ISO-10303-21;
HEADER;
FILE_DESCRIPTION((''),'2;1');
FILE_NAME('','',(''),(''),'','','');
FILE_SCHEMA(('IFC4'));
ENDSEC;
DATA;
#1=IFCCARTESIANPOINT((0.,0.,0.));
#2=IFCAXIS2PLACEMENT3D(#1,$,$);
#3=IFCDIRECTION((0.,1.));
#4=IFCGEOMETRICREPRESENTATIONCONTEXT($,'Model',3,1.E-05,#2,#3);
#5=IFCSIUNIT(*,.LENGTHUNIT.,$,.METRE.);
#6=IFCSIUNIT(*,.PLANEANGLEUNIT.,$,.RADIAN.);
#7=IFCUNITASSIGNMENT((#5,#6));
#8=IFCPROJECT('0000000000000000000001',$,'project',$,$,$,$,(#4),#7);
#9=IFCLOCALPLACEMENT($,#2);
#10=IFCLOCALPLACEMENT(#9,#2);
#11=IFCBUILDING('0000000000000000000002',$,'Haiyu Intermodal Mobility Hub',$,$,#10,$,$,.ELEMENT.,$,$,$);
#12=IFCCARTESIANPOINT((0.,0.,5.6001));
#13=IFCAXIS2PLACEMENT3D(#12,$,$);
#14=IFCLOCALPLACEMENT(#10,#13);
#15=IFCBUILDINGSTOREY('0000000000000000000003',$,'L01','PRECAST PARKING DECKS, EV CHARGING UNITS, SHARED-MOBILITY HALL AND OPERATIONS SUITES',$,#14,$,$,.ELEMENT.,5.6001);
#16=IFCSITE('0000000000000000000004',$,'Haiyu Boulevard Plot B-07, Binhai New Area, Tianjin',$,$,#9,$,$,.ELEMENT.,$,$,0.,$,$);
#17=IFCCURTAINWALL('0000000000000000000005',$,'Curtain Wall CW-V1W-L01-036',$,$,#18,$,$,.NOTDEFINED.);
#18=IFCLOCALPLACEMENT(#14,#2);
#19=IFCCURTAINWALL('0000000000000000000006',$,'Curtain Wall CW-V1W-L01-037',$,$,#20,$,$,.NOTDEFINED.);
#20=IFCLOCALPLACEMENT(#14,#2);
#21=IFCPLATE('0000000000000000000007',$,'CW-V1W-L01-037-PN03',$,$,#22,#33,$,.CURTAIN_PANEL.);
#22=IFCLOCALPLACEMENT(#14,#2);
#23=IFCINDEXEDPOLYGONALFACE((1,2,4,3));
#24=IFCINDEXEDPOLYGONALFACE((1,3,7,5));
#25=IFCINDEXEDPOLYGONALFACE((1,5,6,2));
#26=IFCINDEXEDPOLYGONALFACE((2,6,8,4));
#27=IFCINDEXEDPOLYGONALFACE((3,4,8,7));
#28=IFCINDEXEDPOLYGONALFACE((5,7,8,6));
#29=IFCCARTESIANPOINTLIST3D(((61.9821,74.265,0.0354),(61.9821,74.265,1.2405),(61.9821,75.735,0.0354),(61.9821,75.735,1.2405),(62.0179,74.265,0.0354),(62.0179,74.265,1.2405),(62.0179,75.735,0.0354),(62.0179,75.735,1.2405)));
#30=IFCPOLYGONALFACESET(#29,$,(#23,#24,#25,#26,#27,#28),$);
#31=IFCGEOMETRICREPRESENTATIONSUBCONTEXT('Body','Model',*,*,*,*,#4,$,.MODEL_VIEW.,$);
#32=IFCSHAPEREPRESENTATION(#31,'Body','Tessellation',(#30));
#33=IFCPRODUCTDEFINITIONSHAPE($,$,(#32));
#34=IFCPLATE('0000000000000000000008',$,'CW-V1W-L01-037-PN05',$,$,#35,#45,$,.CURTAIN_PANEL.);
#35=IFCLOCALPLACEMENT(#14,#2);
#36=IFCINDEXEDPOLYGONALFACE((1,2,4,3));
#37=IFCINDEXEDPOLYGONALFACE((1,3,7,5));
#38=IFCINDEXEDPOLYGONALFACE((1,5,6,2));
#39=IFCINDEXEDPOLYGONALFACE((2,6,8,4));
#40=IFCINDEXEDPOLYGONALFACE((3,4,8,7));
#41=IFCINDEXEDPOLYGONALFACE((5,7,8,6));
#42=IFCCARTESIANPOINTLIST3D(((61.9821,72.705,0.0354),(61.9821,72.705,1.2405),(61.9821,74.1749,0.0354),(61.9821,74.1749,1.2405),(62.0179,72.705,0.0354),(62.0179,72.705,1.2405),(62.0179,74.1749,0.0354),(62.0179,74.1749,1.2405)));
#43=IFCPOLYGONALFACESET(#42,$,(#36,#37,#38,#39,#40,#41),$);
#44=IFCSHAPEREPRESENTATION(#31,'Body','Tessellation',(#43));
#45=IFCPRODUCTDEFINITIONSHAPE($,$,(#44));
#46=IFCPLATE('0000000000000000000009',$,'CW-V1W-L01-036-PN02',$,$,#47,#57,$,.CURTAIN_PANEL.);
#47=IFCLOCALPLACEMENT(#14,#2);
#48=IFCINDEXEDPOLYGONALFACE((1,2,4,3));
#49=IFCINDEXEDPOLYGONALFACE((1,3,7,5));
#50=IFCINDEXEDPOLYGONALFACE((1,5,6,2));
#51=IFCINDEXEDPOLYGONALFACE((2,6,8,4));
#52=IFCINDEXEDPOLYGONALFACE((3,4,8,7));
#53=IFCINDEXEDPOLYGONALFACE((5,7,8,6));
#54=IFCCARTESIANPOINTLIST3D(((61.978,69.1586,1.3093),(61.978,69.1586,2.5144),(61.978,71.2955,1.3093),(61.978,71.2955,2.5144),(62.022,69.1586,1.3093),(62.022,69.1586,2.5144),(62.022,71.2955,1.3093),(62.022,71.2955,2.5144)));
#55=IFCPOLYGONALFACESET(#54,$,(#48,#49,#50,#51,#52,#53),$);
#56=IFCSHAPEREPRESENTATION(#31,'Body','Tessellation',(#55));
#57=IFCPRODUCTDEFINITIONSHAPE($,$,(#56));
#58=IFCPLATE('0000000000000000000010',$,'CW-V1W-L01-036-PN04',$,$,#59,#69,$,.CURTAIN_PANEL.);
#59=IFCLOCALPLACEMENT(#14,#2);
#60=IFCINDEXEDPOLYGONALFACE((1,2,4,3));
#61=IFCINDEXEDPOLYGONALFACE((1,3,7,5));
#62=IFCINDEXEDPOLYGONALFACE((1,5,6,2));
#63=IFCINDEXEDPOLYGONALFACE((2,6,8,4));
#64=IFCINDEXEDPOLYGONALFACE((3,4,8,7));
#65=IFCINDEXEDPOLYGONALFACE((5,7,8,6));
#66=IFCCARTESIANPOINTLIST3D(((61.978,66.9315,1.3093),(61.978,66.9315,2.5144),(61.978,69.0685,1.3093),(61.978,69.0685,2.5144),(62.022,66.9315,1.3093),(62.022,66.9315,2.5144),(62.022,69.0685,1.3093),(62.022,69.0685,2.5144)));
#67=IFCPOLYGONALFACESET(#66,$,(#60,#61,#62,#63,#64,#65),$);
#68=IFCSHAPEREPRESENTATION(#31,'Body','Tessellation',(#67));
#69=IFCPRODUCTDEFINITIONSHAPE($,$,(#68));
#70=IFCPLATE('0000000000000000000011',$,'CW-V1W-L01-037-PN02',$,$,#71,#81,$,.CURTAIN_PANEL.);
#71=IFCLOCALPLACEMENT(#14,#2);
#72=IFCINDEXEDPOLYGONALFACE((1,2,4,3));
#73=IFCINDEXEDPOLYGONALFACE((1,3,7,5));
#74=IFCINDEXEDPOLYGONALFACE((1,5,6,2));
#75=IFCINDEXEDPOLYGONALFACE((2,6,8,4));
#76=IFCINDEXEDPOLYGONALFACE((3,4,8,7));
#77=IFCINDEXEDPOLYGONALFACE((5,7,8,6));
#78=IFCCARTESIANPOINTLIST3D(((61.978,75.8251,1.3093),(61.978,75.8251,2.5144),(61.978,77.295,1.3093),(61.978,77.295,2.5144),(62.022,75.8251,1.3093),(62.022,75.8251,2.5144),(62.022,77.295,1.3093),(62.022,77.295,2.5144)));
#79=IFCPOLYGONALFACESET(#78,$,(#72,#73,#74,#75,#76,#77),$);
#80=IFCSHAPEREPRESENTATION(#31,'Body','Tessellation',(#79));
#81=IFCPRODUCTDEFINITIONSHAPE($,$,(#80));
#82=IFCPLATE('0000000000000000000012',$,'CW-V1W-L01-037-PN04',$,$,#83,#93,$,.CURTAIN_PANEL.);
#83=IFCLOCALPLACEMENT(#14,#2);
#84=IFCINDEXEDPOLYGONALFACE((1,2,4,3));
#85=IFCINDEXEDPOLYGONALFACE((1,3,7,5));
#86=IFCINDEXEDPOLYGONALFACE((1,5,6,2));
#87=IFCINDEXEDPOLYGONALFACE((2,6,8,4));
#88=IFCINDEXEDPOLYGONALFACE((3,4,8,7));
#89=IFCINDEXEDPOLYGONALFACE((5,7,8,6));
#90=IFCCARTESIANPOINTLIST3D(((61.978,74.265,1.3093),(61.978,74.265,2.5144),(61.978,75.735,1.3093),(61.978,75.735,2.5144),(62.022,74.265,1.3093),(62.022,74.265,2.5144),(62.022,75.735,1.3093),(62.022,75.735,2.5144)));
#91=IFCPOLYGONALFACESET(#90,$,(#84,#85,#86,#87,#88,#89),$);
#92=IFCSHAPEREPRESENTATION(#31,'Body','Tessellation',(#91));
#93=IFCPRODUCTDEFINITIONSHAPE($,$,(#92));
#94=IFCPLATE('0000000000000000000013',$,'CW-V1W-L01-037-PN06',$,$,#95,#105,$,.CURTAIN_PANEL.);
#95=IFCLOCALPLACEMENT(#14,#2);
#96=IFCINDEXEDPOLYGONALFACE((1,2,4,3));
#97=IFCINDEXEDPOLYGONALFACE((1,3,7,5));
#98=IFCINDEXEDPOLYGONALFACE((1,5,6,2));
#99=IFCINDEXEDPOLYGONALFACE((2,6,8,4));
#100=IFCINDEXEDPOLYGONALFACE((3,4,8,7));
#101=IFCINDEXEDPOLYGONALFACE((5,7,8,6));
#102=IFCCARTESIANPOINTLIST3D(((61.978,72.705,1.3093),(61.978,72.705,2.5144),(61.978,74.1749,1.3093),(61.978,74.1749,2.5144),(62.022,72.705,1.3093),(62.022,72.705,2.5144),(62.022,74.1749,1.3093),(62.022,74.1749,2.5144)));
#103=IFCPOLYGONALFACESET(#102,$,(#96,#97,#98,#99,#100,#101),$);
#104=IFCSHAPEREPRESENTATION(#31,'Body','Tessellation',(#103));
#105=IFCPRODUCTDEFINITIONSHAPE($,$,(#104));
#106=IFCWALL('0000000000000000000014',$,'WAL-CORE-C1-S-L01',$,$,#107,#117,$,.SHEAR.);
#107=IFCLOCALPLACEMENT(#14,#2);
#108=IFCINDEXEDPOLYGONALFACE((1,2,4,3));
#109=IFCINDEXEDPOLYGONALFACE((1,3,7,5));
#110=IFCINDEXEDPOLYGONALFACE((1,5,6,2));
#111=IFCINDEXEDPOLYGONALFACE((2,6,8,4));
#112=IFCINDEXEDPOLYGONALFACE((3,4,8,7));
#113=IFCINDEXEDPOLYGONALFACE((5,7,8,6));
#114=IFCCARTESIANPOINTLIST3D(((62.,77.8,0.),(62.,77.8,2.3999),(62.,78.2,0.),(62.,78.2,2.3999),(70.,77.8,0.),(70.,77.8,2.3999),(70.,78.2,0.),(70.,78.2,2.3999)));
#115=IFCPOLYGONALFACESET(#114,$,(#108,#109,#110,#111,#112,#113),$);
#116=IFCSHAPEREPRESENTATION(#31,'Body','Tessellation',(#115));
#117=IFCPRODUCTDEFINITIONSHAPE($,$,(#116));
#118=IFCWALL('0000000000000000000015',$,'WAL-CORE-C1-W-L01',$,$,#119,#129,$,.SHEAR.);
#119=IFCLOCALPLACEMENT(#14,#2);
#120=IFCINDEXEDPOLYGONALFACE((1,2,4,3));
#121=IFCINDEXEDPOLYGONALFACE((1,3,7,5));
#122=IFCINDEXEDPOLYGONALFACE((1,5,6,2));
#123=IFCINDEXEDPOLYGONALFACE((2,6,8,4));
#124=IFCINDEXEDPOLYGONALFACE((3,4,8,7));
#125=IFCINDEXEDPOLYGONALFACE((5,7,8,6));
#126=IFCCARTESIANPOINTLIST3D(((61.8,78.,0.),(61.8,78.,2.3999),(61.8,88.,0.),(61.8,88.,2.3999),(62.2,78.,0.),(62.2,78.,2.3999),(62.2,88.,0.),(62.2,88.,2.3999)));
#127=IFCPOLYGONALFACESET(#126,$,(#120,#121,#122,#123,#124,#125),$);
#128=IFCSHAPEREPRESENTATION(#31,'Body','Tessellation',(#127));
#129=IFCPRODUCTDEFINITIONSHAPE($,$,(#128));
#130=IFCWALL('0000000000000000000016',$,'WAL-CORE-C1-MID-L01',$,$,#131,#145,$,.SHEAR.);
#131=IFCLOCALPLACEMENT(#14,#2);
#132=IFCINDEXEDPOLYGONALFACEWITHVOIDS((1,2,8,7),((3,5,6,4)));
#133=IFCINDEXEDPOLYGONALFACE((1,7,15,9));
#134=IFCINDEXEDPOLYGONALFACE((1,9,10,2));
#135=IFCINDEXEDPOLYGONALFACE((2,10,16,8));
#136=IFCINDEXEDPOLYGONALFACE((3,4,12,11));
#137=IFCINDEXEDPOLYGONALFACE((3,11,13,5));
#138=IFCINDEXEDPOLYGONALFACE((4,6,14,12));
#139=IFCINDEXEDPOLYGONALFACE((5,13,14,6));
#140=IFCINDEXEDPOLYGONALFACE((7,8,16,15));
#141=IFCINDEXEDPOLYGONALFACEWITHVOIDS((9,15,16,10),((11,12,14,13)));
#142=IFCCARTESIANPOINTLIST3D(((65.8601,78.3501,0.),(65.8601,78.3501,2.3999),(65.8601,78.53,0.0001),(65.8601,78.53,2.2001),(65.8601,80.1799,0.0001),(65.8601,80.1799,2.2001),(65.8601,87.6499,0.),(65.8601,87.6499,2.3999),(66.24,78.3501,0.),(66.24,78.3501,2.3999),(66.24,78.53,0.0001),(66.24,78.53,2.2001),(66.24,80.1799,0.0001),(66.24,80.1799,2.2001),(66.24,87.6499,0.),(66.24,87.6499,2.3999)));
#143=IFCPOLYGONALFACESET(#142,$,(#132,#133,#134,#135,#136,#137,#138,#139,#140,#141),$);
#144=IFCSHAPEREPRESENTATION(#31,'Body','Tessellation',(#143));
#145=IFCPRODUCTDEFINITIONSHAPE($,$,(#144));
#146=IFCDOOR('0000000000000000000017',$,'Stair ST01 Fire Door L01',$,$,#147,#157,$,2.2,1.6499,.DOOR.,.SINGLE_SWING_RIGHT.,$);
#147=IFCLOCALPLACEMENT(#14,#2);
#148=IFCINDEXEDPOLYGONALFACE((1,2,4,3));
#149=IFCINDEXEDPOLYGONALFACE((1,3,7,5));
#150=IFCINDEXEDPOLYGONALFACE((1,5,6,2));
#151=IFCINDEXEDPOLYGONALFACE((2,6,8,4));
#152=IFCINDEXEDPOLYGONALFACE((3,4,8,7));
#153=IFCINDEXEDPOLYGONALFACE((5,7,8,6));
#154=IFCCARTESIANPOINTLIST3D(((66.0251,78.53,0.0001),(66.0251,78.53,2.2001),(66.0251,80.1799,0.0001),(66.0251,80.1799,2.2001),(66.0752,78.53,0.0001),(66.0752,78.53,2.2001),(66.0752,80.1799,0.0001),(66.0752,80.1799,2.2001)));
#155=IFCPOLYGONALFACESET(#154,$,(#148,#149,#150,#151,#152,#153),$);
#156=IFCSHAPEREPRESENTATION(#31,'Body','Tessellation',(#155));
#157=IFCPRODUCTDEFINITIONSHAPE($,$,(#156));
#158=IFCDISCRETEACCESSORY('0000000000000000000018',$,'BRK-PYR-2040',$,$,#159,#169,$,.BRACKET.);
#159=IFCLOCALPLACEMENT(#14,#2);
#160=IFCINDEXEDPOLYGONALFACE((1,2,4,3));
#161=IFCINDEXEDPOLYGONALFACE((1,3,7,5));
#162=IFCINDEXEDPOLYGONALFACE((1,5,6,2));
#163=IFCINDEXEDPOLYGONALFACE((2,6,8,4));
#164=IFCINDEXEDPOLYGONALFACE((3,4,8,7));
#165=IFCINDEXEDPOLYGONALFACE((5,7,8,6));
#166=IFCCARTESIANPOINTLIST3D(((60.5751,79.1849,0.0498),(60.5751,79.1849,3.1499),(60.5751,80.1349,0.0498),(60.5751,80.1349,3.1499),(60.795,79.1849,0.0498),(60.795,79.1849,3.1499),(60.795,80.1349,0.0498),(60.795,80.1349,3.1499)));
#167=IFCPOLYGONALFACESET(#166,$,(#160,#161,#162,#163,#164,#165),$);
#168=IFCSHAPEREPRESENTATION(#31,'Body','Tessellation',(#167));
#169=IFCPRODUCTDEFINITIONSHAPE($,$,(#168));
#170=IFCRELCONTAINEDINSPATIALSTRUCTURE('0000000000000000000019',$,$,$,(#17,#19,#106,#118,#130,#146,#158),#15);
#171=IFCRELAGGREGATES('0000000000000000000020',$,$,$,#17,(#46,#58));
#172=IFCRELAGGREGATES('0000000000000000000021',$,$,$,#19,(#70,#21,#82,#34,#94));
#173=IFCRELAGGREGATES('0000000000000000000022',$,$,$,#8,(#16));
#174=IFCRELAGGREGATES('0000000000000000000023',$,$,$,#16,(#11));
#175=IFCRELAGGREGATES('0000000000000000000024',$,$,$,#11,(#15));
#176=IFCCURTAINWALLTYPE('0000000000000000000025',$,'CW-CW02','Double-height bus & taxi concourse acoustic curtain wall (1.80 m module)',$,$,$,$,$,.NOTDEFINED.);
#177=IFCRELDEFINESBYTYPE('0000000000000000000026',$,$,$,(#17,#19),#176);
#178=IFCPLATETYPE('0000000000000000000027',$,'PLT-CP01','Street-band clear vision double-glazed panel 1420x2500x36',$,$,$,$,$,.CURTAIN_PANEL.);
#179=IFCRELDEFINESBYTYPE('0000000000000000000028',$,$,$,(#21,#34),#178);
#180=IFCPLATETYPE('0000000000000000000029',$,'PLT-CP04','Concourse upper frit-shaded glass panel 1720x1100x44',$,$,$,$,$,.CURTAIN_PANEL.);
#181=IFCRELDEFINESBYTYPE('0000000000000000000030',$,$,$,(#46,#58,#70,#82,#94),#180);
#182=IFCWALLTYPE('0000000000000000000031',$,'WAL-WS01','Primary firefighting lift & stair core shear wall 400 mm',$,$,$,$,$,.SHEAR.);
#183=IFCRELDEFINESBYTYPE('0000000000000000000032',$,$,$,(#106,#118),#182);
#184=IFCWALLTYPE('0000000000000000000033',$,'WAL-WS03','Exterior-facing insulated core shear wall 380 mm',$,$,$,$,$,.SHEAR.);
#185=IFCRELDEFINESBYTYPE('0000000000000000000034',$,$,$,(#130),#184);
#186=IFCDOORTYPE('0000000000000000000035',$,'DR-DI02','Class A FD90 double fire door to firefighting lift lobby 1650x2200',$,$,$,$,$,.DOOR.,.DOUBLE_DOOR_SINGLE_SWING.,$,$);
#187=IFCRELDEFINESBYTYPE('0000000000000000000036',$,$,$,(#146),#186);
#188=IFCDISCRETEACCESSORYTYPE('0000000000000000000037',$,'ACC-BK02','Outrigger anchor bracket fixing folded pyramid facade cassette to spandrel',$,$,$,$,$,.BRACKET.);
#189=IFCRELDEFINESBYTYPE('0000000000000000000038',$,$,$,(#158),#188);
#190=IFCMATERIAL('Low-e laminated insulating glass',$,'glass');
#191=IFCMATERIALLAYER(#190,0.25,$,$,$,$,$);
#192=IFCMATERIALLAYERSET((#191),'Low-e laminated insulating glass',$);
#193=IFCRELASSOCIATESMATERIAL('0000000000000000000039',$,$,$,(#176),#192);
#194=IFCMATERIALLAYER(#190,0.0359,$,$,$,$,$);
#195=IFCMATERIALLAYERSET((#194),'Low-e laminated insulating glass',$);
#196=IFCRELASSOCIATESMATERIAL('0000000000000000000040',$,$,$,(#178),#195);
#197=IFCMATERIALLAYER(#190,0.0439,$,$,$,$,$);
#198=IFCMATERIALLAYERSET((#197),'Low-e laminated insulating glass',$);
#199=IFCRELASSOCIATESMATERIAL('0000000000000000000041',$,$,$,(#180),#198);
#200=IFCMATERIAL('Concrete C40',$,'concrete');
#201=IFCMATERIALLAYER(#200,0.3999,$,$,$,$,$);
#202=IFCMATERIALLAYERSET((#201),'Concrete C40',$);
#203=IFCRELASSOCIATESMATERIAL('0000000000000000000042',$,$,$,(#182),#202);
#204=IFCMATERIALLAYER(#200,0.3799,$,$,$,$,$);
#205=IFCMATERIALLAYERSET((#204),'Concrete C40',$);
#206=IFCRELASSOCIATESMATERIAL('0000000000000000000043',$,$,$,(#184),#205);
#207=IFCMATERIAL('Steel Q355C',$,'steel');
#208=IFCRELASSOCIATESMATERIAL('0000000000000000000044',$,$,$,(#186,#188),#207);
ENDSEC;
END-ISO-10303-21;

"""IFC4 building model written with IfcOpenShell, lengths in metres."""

from ifc_helpers import new_model, si_unit, direction, frame, frame_2d, origin, origin_2d, place, context, subcontext, project, spatial, rectangle, extrude, material, layer, layer_set, type_object, element, fill, aggregate, save


model = new_model("IFC4")

# Units and contexts
model_context = context("Model", 3, precision=1e-05, world=origin(), true_north=direction((0.0, 1.0)))
body_context = subcontext(model_context, "Body", "Model", "MODEL_VIEW")
ifc_project = project(units=[si_unit("LENGTHUNIT", "METRE"), si_unit("PLANEANGLEUNIT", "RADIAN")], contexts=[model_context])

# Site, building, storey
site_placement = place(None, origin())
site = spatial("IfcSite", under=ifc_project, at=site_placement, Name="Haiyu Boulevard Plot B-07, Binhai New Area, Tianjin", CompositionType="ELEMENT", RefElevation=0.0)
building_placement = place(site_placement, origin())
building = spatial("IfcBuilding", under=site, at=building_placement, Name="Haiyu Intermodal Mobility Hub", CompositionType="ELEMENT")
storey_placement = place(building_placement, frame((0.0, 0.0, 5.6001)))
storey = spatial("IfcBuildingStorey", under=building, at=storey_placement, Name="L01", Description="PRECAST PARKING DECKS, EV CHARGING UNITS, SHARED-MOBILITY HALL AND OPERATIONS SUITES", CompositionType="ELEMENT", Elevation=5.6001)

# Shared definitions
ifc_material_1 = material(Name="Concrete C40", Category="concrete")
ifc_material_2 = material(Name="Steel Q355C", Category="steel")

# Curtain walls
ifc_material_3 = material(Name="Low-e laminated insulating glass", Category="glass")
ifc_layer_1 = layer(ifc_material_3, 0.25)
ifc_layer_set_1 = layer_set([ifc_layer_1], Name="Low-e laminated insulating glass")
curtain_wall_type = type_object("IfcCurtainWallType", Name="CW-CW02", Description="Double-height bus & taxi concourse acoustic curtain wall (1.80 m module)", PredefinedType="NOTDEFINED", material=ifc_layer_set_1)
curtain_wall_1_placement = place(storey_placement, origin())
curtain_wall_1 = element("IfcCurtainWall", 1, at=curtain_wall_1_placement, inside=storey, type_object=curtain_wall_type, Name="Curtain Wall CW-V1W-L01-036", PredefinedType="NOTDEFINED")
curtain_wall_2_placement = place(storey_placement, origin())
curtain_wall_2 = element("IfcCurtainWall", 2, at=curtain_wall_2_placement, inside=storey, type_object=curtain_wall_type, Name="Curtain Wall CW-V1W-L01-037", PredefinedType="NOTDEFINED")

# Plates
ifc_layer_2 = layer(ifc_material_3, 0.0359)
ifc_layer_set_2 = layer_set([ifc_layer_2], Name="Low-e laminated insulating glass")
plate_type_1 = type_object("IfcPlateType", Name="PLT-CP01", Description="Street-band clear vision double-glazed panel 1420x2500x36", PredefinedType="CURTAIN_PANEL", material=ifc_layer_set_2)
plate_1_placement = place(storey_placement, frame((62.0, 75.0, 0.0354), z_axis=(0.0, 0.0, 1.0), x_axis=(0.0, -1.0, 0.0)))
plate_1 = element("IfcPlate", 3, at=plate_1_placement, type_object=plate_type_1, Name="CW-V1W-L01-037-PN03", PredefinedType="CURTAIN_PANEL", context=body_context, shape_type="SweptSolid", body=[
    extrude(rectangle(XDim=1.47, YDim=0.0359, at=origin_2d()), origin(), (0.0, 0.0, 1.0), 1.2051),
])
plate_2_placement = place(storey_placement, frame((62.0, 73.4399, 0.0354), z_axis=(0.0, 0.0, 1.0), x_axis=(0.0, -1.0, 0.0)))
plate_2 = element("IfcPlate", 4, at=plate_2_placement, type_object=plate_type_1, Name="CW-V1W-L01-037-PN05", PredefinedType="CURTAIN_PANEL", context=body_context, shape_type="SweptSolid", body=[
    extrude(rectangle(XDim=1.47, YDim=0.0359, at=origin_2d()), origin(), (0.0, 0.0, 1.0), 1.2051),
])
ifc_layer_3 = layer(ifc_material_3, 0.0439)
ifc_layer_set_3 = layer_set([ifc_layer_3], Name="Low-e laminated insulating glass")
plate_type_2 = type_object("IfcPlateType", Name="PLT-CP04", Description="Concourse upper frit-shaded glass panel 1720x1100x44", PredefinedType="CURTAIN_PANEL", material=ifc_layer_set_3)
plate_3_placement = place(storey_placement, frame((62.0, 70.2271, 1.3093), z_axis=(0.0, 0.0, 1.0), x_axis=(0.0, -1.0, 0.0)))
plate_3 = element("IfcPlate", 5, at=plate_3_placement, type_object=plate_type_2, Name="CW-V1W-L01-036-PN02", PredefinedType="CURTAIN_PANEL", context=body_context, shape_type="SweptSolid", body=[
    extrude(rectangle(XDim=2.137, YDim=0.0439, at=origin_2d()), origin(), (0.0, 0.0, 1.0), 1.2051),
])
plate_4_placement = place(storey_placement, frame((62.0, 68.0, 1.3093), z_axis=(0.0, 0.0, 1.0), x_axis=(0.0, -1.0, 0.0)))
plate_4 = element("IfcPlate", 6, at=plate_4_placement, type_object=plate_type_2, Name="CW-V1W-L01-036-PN04", PredefinedType="CURTAIN_PANEL", context=body_context, shape_type="SweptSolid", body=[
    extrude(rectangle(XDim=2.137, YDim=0.0439, at=origin_2d()), origin(), (0.0, 0.0, 1.0), 1.2051),
])
aggregate(curtain_wall_1, [plate_3, plate_4])
plate_5_placement = place(storey_placement, frame((62.0, 76.5601, 1.3093), z_axis=(0.0, 0.0, 1.0), x_axis=(0.0, -1.0, 0.0)))
plate_5 = element("IfcPlate", 7, at=plate_5_placement, type_object=plate_type_2, Name="CW-V1W-L01-037-PN02", PredefinedType="CURTAIN_PANEL", context=body_context, shape_type="SweptSolid", body=[
    extrude(rectangle(XDim=1.47, YDim=0.0439, at=origin_2d()), origin(), (0.0, 0.0, 1.0), 1.2051),
])
plate_6_placement = place(storey_placement, frame((62.0, 75.0, 1.3093), z_axis=(0.0, 0.0, 1.0), x_axis=(0.0, -1.0, 0.0)))
plate_6 = element("IfcPlate", 8, at=plate_6_placement, type_object=plate_type_2, Name="CW-V1W-L01-037-PN04", PredefinedType="CURTAIN_PANEL", context=body_context, shape_type="SweptSolid", body=[
    extrude(rectangle(XDim=1.47, YDim=0.0439, at=origin_2d()), origin(), (0.0, 0.0, 1.0), 1.2051),
])
plate_7_placement = place(storey_placement, frame((62.0, 73.4399, 1.3093), z_axis=(0.0, 0.0, 1.0), x_axis=(0.0, -1.0, 0.0)))
plate_7 = element("IfcPlate", 9, at=plate_7_placement, type_object=plate_type_2, Name="CW-V1W-L01-037-PN06", PredefinedType="CURTAIN_PANEL", context=body_context, shape_type="SweptSolid", body=[
    extrude(rectangle(XDim=1.47, YDim=0.0439, at=origin_2d()), origin(), (0.0, 0.0, 1.0), 1.2051),
])
aggregate(curtain_wall_2, [plate_5, plate_1, plate_6, plate_2, plate_7])

# Walls
ifc_layer_4 = layer(ifc_material_1, 0.3999)
ifc_layer_set_4 = layer_set([ifc_layer_4], Name="Concrete C40")
wall_type_1 = type_object("IfcWallType", Name="WAL-WS01", Description="Primary firefighting lift & stair core shear wall 400 mm", PredefinedType="SHEAR", material=ifc_layer_set_4)
wall_1_placement = place(storey_placement, frame((62.0, 78.0, 0.0), z_axis=(0.0, 0.0, 1.0), x_axis=(1.0, 0.0, 0.0)))
element("IfcWall", 10, at=wall_1_placement, inside=storey, type_object=wall_type_1, Name="WAL-CORE-C1-S-L01", PredefinedType="SHEAR", context=body_context, shape_type="SweptSolid", body=[
    extrude(rectangle(XDim=8.0, YDim=0.3999, at=frame_2d((4.0, 0.0))), origin(), (0.0, 0.0, 1.0), 2.3999),
])
wall_2_placement = place(storey_placement, frame((62.0, 88.0, 0.0), z_axis=(0.0, 0.0, 1.0), x_axis=(0.0, -1.0, 0.0)))
element("IfcWall", 11, at=wall_2_placement, inside=storey, type_object=wall_type_1, Name="WAL-CORE-C1-W-L01", PredefinedType="SHEAR", context=body_context, shape_type="SweptSolid", body=[
    extrude(rectangle(XDim=10.0, YDim=0.3999, at=frame_2d((5.0, 0.0))), origin(), (0.0, 0.0, 1.0), 2.3999),
])

# Wall, opening, door
ifc_layer_5 = layer(ifc_material_1, 0.3799)
ifc_layer_set_5 = layer_set([ifc_layer_5], Name="Concrete C40")
wall_type_2 = type_object("IfcWallType", Name="WAL-WS03", Description="Exterior-facing insulated core shear wall 380 mm", PredefinedType="SHEAR", material=ifc_layer_set_5)
wall_3_placement = place(storey_placement, frame((66.05, 78.3501, 0.0), z_axis=(0.0, 0.0, 1.0), x_axis=(0.0, 1.0, 0.0)))
wall_3 = element("IfcWall", 12, at=wall_3_placement, inside=storey, type_object=wall_type_2, Name="WAL-CORE-C1-MID-L01", PredefinedType="SHEAR", context=body_context, shape_type="SweptSolid", body=[
    extrude(rectangle(XDim=9.2998, YDim=0.3799, at=frame_2d((4.6499, 0.0))), origin(), (0.0, 0.0, 1.0), 2.3999),
])
opening_placement = place(wall_3_placement, frame((0.1799, 0.0, 0.0)))
opening = element("IfcOpeningElement", 13, at=opening_placement, cuts=wall_3, PredefinedType="OPENING", context=body_context, shape_type="SweptSolid", body=[
    extrude(rectangle(XDim=1.6499, YDim=2.2, at=frame_2d((0.825, 1.1001))), frame((0.0, 0.2, 0.0), z_axis=(0.0, -1.0, 0.0), x_axis=(1.0, 0.0, 0.0)), (0.0, 0.0, 1.0), 0.3999),
])
door_type = type_object("IfcDoorType", Name="DR-DI02", Description="Class A FD90 double fire door to firefighting lift lobby 1650x2200", OperationType="DOUBLE_DOOR_SINGLE_SWING", PredefinedType="DOOR", material=ifc_material_2)
door_placement = place(opening_placement, origin())
door = element("IfcDoor", 14, at=door_placement, inside=storey, type_object=door_type, Name="Stair ST01 Fire Door L01", OperationType="SINGLE_SWING_RIGHT", OverallHeight=2.2, OverallWidth=1.6499, PredefinedType="DOOR", context=body_context, shape_type="SweptSolid", body=[
    extrude(rectangle(XDim=1.6499, YDim=2.2, at=frame_2d((0.825, 1.1001))), frame((0.0, 0.0249, 0.0), z_axis=(0.0, -1.0, 0.0), x_axis=(1.0, 0.0, 0.0)), (0.0, 0.0, 1.0), 0.05),
])
fill(opening, door)

# Discrete accessory
discrete_accessory_type = type_object("IfcDiscreteAccessoryType", Name="ACC-BK02", Description="Outrigger anchor bracket fixing folded pyramid facade cassette to spandrel", PredefinedType="BRACKET", material=ifc_material_2)
discrete_accessory_placement = place(storey_placement, frame((60.6851, 79.6599, 0.0498), z_axis=(0.0, 0.0, 1.0), x_axis=(1.0, 0.0, 0.0)))
element("IfcDiscreteAccessory", 15, at=discrete_accessory_placement, inside=storey, type_object=discrete_accessory_type, Name="BRK-PYR-2040", PredefinedType="BRACKET", context=body_context, shape_type="SweptSolid", body=[
    extrude(rectangle(XDim=0.22, YDim=0.95, at=origin_2d()), origin(), (0.0, 0.0, 1.0), 3.1001),
])

save(model, "model.ifc")
